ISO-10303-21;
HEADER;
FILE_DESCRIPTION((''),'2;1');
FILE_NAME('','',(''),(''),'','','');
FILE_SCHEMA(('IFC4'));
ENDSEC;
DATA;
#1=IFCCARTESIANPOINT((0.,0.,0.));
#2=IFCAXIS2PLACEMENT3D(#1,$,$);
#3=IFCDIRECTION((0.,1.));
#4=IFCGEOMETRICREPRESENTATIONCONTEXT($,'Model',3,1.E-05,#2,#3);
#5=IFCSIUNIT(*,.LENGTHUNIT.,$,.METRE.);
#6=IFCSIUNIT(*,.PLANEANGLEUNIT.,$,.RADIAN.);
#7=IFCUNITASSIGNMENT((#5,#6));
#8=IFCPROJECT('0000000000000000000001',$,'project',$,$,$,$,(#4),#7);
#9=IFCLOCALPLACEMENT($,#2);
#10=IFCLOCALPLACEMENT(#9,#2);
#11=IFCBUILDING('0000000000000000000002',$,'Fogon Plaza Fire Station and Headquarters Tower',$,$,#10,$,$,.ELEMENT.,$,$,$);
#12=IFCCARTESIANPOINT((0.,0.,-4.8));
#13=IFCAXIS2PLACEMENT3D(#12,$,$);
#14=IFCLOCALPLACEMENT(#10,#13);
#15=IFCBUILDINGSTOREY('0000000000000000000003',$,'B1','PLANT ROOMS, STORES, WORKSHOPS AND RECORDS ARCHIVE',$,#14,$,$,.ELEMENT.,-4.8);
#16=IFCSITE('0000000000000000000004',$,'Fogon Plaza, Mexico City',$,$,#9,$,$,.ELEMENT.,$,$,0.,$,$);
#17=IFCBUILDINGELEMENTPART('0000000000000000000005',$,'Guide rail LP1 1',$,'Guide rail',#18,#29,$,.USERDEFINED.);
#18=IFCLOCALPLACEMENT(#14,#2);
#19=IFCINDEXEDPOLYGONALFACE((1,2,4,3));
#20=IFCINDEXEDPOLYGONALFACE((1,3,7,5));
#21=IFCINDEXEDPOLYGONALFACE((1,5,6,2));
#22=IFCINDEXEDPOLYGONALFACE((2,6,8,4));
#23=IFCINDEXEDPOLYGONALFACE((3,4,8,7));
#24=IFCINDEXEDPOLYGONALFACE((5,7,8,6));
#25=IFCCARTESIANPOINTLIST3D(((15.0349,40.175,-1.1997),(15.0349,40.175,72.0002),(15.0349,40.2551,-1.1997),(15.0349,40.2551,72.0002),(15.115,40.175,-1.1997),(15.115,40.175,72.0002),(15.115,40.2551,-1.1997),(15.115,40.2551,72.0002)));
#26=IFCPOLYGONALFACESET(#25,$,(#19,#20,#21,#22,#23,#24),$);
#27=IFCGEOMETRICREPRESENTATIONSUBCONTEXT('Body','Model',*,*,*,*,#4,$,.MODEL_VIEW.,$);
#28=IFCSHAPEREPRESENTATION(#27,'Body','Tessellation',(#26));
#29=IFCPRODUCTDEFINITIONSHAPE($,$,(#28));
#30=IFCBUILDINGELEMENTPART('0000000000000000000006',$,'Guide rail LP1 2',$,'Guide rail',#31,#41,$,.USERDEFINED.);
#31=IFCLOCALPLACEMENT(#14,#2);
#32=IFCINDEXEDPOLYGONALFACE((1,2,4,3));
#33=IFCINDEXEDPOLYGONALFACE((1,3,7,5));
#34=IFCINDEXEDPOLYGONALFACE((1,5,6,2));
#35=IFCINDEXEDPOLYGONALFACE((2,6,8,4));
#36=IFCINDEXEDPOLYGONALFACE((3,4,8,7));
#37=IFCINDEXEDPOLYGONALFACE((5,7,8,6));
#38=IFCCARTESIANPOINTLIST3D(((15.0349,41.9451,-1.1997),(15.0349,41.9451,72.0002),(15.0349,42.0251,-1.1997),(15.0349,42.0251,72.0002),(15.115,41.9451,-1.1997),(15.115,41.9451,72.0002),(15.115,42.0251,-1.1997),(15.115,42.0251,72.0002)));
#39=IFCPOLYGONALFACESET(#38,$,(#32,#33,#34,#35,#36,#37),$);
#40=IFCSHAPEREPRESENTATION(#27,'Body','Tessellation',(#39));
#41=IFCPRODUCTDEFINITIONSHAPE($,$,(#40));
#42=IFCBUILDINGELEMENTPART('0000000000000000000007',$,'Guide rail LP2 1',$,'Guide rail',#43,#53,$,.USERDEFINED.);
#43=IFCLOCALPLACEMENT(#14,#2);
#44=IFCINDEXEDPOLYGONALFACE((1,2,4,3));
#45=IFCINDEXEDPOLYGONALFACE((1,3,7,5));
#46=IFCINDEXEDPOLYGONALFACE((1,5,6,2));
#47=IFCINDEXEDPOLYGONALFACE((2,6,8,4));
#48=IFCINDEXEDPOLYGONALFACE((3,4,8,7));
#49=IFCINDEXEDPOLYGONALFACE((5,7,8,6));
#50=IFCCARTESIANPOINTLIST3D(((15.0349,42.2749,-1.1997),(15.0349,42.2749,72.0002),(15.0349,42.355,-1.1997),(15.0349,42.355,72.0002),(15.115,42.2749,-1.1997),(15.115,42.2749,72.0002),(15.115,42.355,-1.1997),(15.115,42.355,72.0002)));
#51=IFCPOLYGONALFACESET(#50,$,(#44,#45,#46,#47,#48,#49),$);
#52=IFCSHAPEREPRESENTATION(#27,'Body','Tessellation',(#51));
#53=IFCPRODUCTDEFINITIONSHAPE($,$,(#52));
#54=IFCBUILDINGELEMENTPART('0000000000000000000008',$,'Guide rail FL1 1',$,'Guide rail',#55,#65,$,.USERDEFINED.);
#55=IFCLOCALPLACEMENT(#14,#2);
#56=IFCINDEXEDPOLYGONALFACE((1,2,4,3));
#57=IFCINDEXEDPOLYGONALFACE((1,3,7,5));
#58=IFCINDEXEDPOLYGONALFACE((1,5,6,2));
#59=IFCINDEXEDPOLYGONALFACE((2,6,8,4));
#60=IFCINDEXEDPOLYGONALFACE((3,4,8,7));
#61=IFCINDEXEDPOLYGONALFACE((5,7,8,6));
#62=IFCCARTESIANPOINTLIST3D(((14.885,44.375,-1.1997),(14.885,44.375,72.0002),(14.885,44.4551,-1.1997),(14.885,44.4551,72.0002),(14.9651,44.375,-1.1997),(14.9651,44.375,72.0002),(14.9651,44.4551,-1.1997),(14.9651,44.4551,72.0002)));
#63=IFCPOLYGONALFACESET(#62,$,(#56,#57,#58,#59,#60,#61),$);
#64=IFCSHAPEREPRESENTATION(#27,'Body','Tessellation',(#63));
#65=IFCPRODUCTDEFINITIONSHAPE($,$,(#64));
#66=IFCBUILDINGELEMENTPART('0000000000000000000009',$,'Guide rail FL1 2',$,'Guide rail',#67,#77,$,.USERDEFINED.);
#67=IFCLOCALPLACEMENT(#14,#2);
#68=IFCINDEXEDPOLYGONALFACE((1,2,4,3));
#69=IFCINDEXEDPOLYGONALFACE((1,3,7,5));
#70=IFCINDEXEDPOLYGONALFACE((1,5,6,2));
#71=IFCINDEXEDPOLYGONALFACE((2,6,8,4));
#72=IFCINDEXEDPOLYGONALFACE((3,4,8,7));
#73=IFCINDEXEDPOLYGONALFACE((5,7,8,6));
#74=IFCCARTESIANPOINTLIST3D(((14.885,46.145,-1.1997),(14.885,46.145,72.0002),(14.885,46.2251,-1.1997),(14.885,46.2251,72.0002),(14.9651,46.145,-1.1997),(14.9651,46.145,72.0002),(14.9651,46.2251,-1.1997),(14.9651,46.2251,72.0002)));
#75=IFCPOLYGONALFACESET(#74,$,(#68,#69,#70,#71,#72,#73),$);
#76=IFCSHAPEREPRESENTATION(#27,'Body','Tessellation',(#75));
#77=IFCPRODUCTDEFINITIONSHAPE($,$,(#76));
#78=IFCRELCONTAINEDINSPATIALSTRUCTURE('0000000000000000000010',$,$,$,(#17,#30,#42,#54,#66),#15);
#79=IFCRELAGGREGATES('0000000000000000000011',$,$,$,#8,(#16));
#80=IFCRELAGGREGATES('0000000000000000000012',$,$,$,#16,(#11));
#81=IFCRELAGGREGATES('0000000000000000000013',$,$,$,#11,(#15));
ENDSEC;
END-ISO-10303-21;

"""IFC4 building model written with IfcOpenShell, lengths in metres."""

from ifc_helpers import new_model, si_unit, direction, frame, origin, origin_2d, place, context, subcontext, project, spatial, rectangle, extrude, element, save


model = new_model("IFC4")

# Units and contexts
model_context = context("Model", 3, precision=1e-05, world=origin(), true_north=direction((0.0, 1.0)))
body_context = subcontext(model_context, "Body", "Model", "MODEL_VIEW")
ifc_project = project(units=[si_unit("LENGTHUNIT", "METRE"), si_unit("PLANEANGLEUNIT", "RADIAN")], contexts=[model_context])

# Site, building, storey
site_placement = place(None, origin())
site = spatial("IfcSite", under=ifc_project, at=site_placement, Name="Fogon Plaza, Mexico City", CompositionType="ELEMENT", RefElevation=0.0)
building_placement = place(site_placement, origin())
building = spatial("IfcBuilding", under=site, at=building_placement, Name="Fogon Plaza Fire Station and Headquarters Tower", CompositionType="ELEMENT")
storey_placement = place(building_placement, frame((0.0, 0.0, -4.8)))
storey = spatial("IfcBuildingStorey", under=building, at=storey_placement, Name="B1", Description="PLANT ROOMS, STORES, WORKSHOPS AND RECORDS ARCHIVE", CompositionType="ELEMENT", Elevation=-4.8)

# Building element parts
for number, where, z_axis, x_axis, name in (
    (1, (15.075, 40.2151, -1.1997), (0.0, 0.0, 1.0), (1.0, 0.0, 0.0), "Guide rail LP1 1"),
    (2, (15.075, 41.9851, -1.1997), (0.0, 0.0, 1.0), (1.0, 0.0, 0.0), "Guide rail LP1 2"),
    (3, (15.075, 42.3149, -1.1997), (0.0, 0.0, 1.0), (1.0, 0.0, 0.0), "Guide rail LP2 1"),
    (4, (14.925, 44.415, -1.1997), (0.0, 0.0, 1.0), (1.0, 0.0, 0.0), "Guide rail FL1 1"),
    (5, (14.925, 46.1851, -1.1997), (0.0, 0.0, 1.0), (1.0, 0.0, 0.0), "Guide rail FL1 2"),
):
    element("IfcBuildingElementPart", number, at=place(storey_placement, frame(where, z_axis=z_axis, x_axis=x_axis)), inside=storey, Name=name, ObjectType="Guide rail", PredefinedType="USERDEFINED", context=body_context, shape_type="SweptSolid", body=[
        extrude(rectangle(XDim=0.0801, YDim=0.0801, at=origin_2d()), origin(), (0.0, 0.0, 1.0), 73.2),
    ])

save(model, "model.ifc")
